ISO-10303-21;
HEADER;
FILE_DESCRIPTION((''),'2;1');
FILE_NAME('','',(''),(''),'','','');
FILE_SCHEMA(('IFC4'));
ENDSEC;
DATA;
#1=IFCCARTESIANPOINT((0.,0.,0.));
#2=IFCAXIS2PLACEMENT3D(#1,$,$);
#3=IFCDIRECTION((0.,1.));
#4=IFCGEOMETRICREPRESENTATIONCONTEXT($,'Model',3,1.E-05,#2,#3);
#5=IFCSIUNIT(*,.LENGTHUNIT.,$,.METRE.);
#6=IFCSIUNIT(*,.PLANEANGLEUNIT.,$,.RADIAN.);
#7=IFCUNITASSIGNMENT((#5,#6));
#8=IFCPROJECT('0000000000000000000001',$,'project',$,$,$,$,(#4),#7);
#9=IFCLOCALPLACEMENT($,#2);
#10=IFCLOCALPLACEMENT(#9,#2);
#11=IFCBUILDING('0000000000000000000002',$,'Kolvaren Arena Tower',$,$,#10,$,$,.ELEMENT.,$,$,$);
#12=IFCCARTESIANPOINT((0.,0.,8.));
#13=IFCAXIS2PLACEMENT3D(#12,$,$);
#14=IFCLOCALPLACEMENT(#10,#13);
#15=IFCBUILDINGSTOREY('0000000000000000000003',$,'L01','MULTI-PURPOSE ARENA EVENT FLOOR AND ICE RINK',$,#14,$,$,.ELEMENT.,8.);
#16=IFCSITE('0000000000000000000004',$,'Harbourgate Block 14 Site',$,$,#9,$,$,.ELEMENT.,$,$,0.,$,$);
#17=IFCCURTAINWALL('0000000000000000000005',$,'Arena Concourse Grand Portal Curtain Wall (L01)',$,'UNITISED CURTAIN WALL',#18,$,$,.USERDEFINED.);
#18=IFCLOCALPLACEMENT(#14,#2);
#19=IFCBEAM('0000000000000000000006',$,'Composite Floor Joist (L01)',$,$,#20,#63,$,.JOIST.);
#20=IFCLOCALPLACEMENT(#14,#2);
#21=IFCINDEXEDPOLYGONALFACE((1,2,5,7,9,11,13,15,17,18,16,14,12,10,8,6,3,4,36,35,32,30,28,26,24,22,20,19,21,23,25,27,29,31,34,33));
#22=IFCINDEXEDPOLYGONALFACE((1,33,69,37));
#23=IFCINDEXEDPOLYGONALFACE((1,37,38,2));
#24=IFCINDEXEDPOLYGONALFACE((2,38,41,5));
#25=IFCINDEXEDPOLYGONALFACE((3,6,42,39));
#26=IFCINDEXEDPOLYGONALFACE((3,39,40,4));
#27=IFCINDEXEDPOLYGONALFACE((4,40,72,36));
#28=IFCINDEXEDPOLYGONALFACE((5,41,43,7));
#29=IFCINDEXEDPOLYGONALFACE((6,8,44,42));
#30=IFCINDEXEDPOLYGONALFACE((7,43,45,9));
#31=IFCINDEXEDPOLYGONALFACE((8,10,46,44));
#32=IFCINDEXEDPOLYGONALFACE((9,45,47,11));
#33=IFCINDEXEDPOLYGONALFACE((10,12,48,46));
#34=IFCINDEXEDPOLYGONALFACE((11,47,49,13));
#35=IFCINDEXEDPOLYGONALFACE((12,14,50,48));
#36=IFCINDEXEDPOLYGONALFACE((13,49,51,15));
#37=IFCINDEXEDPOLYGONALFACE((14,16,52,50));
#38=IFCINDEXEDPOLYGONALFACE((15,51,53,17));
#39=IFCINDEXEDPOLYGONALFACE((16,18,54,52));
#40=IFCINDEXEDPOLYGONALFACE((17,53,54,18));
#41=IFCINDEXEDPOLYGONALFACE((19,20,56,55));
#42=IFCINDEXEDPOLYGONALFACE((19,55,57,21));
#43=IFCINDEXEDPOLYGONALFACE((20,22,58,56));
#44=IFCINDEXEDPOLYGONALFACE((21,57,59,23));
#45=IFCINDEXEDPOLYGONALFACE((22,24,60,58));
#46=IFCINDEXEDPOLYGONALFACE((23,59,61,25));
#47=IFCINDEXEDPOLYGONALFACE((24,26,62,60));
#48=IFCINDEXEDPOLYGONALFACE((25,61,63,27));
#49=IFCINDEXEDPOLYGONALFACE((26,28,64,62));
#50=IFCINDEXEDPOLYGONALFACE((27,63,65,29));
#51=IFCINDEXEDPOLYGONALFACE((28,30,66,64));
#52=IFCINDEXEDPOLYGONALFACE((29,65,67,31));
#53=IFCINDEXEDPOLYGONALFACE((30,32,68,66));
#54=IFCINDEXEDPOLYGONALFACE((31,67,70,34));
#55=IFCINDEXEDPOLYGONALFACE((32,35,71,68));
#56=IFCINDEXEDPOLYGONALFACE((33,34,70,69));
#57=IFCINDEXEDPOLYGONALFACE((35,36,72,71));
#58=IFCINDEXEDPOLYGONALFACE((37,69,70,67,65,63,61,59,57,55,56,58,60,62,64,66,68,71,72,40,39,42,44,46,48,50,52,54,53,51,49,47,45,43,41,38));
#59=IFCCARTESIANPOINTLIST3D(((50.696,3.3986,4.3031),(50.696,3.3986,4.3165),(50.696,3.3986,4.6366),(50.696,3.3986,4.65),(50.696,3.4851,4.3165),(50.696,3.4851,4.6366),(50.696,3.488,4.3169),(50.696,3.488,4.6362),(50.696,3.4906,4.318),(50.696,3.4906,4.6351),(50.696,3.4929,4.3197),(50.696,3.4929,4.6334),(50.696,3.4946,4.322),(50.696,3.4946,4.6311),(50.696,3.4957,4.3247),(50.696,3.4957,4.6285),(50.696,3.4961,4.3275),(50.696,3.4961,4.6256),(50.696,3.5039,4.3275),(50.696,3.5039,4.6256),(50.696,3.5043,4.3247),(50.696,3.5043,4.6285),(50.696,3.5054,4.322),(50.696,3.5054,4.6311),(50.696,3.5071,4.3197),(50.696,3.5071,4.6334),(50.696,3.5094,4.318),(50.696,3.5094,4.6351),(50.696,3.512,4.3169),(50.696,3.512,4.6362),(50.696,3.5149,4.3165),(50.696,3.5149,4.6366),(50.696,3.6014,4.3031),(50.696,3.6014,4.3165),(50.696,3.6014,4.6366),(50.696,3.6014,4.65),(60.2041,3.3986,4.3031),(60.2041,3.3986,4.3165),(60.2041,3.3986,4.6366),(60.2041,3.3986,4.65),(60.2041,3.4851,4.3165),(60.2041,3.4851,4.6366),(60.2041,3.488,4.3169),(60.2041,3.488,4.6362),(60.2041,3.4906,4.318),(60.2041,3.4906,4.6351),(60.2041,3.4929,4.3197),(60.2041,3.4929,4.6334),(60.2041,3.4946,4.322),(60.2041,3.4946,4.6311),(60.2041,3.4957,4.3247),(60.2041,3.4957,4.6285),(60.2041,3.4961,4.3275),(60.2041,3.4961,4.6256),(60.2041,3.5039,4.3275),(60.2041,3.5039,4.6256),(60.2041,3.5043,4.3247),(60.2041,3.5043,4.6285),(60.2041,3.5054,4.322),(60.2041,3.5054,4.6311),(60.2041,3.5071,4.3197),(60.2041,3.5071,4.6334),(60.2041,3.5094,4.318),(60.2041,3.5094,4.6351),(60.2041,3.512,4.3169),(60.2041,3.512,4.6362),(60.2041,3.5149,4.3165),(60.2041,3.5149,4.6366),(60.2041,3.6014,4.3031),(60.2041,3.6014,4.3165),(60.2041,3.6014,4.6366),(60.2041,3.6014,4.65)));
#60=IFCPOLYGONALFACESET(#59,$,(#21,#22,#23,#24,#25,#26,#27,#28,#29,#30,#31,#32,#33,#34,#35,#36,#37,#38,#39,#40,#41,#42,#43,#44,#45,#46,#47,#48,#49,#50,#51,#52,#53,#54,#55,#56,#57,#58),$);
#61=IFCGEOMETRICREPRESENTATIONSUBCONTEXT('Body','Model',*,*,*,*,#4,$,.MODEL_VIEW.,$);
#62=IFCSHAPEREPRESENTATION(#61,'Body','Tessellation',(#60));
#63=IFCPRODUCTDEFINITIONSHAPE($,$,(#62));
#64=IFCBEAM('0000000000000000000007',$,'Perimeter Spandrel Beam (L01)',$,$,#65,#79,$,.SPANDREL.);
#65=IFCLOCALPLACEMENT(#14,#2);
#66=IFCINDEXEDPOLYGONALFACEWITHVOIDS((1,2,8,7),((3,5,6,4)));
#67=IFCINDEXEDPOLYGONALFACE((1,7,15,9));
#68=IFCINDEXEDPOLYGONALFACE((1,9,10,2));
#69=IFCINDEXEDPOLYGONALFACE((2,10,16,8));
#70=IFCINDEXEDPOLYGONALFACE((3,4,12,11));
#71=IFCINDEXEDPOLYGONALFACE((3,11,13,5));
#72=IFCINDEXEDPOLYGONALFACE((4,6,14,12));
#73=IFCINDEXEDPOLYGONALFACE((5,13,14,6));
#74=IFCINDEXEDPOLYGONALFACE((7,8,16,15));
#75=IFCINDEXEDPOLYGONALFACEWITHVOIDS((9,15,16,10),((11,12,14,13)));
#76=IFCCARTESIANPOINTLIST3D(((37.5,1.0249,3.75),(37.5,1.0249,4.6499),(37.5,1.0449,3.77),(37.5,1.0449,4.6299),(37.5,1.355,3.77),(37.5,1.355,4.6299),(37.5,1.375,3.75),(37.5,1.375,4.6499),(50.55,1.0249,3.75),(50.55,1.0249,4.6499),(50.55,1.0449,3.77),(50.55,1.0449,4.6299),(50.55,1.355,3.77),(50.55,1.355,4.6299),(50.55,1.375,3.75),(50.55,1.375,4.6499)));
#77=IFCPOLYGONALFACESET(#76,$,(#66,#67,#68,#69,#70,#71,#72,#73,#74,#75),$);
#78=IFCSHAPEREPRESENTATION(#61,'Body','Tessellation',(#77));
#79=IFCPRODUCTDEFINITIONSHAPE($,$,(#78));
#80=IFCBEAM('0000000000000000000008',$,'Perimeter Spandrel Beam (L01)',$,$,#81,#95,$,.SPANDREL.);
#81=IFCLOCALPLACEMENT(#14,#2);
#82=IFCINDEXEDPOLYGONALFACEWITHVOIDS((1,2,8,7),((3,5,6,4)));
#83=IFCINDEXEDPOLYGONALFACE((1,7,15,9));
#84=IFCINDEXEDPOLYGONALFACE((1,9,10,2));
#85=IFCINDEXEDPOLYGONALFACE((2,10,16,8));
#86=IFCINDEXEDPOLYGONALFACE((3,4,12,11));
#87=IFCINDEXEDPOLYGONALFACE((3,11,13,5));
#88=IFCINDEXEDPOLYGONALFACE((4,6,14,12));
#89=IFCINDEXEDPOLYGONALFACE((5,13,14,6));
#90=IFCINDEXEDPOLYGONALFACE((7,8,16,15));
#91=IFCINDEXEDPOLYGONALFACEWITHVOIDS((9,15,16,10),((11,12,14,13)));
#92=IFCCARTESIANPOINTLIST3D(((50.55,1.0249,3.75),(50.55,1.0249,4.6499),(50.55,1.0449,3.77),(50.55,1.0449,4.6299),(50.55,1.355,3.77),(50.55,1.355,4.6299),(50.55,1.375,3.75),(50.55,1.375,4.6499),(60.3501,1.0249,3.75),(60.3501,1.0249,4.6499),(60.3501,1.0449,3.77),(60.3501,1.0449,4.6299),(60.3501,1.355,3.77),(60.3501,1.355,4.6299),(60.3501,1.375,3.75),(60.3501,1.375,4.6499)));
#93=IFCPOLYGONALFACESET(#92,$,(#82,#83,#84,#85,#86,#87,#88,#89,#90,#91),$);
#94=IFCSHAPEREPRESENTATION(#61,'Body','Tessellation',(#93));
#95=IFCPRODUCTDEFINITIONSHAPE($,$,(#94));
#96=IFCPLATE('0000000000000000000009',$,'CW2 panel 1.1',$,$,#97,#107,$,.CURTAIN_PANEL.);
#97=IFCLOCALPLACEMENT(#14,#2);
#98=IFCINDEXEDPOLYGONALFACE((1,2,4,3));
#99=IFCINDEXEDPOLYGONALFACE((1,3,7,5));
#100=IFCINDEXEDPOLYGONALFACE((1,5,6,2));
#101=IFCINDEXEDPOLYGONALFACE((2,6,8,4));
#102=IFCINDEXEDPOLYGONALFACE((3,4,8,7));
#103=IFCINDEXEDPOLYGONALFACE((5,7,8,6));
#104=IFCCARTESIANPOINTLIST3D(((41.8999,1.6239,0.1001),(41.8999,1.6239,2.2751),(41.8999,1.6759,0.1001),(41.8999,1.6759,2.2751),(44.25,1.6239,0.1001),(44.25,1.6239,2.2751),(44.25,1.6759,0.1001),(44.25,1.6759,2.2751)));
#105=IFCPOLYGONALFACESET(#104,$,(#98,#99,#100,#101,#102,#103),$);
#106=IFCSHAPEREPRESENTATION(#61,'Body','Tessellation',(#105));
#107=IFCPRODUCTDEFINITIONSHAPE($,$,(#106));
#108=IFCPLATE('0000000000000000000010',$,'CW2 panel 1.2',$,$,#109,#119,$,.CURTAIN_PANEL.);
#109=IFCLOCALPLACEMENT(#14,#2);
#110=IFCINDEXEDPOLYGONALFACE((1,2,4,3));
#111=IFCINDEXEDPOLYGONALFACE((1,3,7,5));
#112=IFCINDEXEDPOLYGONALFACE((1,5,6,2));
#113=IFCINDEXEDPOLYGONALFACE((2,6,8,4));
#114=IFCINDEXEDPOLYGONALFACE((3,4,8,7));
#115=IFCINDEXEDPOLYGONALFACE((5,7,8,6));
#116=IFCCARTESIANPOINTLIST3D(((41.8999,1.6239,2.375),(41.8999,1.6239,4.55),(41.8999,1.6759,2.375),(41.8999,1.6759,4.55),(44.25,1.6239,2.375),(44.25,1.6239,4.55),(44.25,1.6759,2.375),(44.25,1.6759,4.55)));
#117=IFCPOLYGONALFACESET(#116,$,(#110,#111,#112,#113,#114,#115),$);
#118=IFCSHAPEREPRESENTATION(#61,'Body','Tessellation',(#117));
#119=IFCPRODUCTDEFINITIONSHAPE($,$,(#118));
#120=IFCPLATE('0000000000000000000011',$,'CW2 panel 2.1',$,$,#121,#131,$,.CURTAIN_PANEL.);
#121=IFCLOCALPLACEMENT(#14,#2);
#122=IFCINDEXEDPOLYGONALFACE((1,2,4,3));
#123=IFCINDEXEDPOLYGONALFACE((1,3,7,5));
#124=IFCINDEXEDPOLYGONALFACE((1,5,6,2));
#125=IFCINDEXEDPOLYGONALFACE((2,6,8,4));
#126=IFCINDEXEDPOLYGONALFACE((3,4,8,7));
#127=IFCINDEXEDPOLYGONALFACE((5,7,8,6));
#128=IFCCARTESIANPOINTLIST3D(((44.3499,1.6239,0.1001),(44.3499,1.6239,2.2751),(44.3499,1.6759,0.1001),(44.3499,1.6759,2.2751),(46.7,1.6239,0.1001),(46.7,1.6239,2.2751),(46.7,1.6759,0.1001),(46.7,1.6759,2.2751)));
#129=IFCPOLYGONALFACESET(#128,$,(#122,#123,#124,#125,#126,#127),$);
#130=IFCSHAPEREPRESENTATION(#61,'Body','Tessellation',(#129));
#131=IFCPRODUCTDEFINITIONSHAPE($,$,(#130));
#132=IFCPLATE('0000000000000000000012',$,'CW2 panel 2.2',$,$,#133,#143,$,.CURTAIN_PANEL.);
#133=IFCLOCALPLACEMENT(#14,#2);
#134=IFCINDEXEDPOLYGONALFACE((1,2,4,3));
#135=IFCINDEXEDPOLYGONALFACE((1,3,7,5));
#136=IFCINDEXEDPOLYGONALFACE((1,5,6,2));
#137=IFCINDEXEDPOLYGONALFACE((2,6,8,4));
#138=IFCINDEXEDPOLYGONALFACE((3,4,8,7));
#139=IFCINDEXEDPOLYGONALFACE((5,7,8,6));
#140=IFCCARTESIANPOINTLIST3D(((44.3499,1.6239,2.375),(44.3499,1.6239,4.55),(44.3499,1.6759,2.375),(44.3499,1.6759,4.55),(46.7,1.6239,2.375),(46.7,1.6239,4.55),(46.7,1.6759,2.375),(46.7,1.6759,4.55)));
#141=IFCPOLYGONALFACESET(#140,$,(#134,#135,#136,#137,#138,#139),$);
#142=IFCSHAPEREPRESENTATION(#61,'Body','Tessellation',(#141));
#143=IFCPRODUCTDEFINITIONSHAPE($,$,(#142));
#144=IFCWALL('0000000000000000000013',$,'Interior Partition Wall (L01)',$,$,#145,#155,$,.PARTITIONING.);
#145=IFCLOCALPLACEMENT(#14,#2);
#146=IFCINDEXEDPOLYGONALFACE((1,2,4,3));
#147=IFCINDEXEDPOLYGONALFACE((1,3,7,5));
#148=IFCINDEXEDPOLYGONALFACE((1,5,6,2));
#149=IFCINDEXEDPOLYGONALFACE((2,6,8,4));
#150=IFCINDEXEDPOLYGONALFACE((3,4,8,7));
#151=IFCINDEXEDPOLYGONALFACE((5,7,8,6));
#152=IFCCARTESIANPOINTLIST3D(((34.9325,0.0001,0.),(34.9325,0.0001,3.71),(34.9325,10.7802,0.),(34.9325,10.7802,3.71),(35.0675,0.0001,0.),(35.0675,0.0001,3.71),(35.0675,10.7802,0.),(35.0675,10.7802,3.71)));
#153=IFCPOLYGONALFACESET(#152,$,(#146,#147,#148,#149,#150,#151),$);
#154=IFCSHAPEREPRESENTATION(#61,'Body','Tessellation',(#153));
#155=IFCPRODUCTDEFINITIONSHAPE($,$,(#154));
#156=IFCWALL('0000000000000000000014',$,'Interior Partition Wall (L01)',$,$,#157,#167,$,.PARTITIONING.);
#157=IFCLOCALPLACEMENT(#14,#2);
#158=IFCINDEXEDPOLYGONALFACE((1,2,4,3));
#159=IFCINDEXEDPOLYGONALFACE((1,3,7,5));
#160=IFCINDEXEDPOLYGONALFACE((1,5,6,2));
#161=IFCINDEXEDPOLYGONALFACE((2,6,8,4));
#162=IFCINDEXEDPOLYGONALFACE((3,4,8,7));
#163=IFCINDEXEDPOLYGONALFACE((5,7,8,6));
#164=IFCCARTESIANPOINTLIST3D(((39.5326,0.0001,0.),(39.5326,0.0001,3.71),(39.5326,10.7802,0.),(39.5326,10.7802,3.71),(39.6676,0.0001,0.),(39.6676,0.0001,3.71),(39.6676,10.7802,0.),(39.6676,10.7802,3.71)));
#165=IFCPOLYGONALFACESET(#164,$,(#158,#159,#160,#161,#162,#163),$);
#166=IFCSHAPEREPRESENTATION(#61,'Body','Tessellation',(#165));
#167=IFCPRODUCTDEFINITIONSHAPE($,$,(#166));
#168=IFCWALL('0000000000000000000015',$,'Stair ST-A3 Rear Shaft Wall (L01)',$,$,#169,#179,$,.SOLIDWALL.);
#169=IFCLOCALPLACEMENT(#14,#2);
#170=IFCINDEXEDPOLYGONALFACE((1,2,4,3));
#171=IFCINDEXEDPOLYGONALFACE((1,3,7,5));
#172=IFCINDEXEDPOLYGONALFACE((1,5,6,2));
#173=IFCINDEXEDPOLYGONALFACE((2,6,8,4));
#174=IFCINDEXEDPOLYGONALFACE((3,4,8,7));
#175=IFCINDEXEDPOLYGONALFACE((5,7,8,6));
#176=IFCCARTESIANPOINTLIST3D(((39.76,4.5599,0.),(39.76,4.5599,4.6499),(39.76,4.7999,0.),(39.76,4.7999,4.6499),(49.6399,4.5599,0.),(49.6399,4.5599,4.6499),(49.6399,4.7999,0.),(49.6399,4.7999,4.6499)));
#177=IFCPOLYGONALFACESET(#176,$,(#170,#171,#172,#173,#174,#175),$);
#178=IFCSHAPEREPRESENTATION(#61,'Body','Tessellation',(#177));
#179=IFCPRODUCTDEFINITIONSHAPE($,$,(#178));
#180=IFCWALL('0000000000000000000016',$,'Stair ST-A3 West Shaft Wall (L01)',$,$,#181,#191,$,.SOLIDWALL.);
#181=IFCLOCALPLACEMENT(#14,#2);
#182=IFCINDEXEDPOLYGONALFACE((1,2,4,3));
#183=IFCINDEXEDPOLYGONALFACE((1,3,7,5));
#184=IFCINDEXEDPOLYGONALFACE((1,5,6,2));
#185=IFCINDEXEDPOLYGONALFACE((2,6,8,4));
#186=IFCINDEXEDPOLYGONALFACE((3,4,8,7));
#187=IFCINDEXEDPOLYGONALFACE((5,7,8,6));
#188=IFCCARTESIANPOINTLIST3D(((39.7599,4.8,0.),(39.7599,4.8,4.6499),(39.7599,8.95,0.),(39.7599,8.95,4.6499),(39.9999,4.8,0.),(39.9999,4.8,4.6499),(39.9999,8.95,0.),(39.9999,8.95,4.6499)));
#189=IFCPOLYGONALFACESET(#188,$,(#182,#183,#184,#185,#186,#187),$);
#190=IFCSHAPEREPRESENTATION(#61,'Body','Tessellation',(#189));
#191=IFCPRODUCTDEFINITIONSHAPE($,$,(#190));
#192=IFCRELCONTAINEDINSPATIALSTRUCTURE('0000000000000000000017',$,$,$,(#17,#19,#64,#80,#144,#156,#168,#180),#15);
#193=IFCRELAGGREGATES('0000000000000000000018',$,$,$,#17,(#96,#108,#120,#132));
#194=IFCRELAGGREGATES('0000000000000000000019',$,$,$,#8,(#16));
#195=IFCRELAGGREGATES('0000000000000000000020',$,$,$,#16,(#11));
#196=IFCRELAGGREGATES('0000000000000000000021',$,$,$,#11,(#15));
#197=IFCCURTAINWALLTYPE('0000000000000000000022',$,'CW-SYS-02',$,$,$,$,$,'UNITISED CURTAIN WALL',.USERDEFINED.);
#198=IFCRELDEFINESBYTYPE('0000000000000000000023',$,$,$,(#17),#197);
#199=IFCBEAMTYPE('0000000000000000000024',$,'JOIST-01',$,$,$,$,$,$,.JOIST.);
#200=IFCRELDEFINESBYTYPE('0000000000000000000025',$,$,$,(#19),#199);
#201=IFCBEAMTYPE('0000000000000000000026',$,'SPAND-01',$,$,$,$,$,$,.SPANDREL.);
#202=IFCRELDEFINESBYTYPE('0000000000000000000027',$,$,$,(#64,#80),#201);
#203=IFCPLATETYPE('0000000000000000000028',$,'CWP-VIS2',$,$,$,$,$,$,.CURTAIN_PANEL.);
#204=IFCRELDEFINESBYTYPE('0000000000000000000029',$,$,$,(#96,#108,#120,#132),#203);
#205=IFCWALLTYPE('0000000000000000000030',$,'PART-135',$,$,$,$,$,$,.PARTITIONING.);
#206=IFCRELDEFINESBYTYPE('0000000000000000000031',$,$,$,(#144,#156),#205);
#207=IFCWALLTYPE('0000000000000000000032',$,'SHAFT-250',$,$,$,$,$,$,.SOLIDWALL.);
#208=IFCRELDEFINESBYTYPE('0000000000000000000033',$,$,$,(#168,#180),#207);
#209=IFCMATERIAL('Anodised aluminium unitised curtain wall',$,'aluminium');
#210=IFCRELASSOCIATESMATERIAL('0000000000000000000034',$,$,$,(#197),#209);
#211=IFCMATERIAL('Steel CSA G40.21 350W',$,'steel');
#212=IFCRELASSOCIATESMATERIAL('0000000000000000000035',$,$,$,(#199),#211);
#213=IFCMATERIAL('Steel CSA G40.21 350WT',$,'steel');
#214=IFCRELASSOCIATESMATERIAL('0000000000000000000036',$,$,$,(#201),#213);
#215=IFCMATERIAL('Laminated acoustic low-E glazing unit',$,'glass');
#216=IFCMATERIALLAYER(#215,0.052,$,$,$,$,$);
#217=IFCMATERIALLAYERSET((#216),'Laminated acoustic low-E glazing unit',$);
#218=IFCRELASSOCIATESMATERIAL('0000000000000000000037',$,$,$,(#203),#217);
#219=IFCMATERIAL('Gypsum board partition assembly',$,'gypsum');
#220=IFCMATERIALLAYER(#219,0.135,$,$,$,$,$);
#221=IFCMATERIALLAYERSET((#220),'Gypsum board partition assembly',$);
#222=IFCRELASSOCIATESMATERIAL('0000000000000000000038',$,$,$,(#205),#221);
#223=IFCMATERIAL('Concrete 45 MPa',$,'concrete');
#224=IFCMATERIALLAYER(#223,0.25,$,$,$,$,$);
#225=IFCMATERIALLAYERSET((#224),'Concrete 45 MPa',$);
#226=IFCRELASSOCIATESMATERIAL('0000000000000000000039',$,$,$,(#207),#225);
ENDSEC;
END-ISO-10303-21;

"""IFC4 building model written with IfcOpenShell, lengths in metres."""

from ifc_helpers import new_model, si_unit, direction, frame, frame_2d, origin, origin_2d, place, context, subcontext, project, spatial, rectangle, hollow_rectangle, i_section, extrude, material, layer, layer_set, material_profile, profile_set, type_object, element, aggregate, save


model = new_model("IFC4")

# Units and contexts
model_context = context("Model", 3, precision=1e-05, world=origin(), true_north=direction((0.0, 1.0)))
body_context = subcontext(model_context, "Body", "Model", "MODEL_VIEW")
ifc_project = project(units=[si_unit("LENGTHUNIT", "METRE"), si_unit("PLANEANGLEUNIT", "RADIAN")], contexts=[model_context])

# Site, building, storey
site_placement = place(None, origin())
site = spatial("IfcSite", under=ifc_project, at=site_placement, Name="Harbourgate Block 14 Site", CompositionType="ELEMENT", RefElevation=0.0)
building_placement = place(site_placement, origin())
building = spatial("IfcBuilding", under=site, at=building_placement, Name="Kolvaren Arena Tower", CompositionType="ELEMENT")
storey_placement = place(building_placement, frame((0.0, 0.0, 8.0)))
storey = spatial("IfcBuildingStorey", under=building, at=storey_placement, Name="L01", Description="MULTI-PURPOSE ARENA EVENT FLOOR AND ICE RINK", CompositionType="ELEMENT", Elevation=8.0)

# Curtain wall
ifc_material_1 = material(Name="Anodised aluminium unitised curtain wall", Category="aluminium")
curtain_wall_type = type_object("IfcCurtainWallType", Name="CW-SYS-02", ElementType="UNITISED CURTAIN WALL", PredefinedType="USERDEFINED", material=ifc_material_1)
curtain_wall_placement = place(storey_placement, origin())
curtain_wall = element("IfcCurtainWall", 1, at=curtain_wall_placement, inside=storey, type_object=curtain_wall_type, Name="Arena Concourse Grand Portal Curtain Wall (L01)", ObjectType="UNITISED CURTAIN WALL", PredefinedType="USERDEFINED")

# Beams
ifc_material_2 = material(Name="Steel CSA G40.21 350W", Category="steel")
ifc_material_profile_1 = material_profile(ifc_material_2, i_section(OverallWidth=0.2029, OverallDepth=0.3469, WebThickness=0.0078, FlangeThickness=0.0134, FilletRadius=0.011, at=origin_2d()), Name="W360x64")
ifc_profile_set_1 = profile_set([ifc_material_profile_1], Name="Steel CSA G40.21 350W")
beam_type_1 = type_object("IfcBeamType", Name="JOIST-01", PredefinedType="JOIST", material=ifc_profile_set_1)
beam_1_placement = place(storey_placement, frame((50.696, 3.5, 4.4766), z_axis=(1.0, 0.0, 0.0), x_axis=(0.0, 1.0, 0.0)))
element("IfcBeam", 2, at=beam_1_placement, inside=storey, type_object=beam_type_1, Name="Composite Floor Joist (L01)", PredefinedType="JOIST", context=body_context, shape_type="SweptSolid", body=[
    extrude(i_section(OverallWidth=0.2029, OverallDepth=0.3469, WebThickness=0.0078, FlangeThickness=0.0134, FilletRadius=0.011, at=origin_2d()), origin(), (0.0, 0.0, 1.0), 9.5081),
])
ifc_material_3 = material(Name="Steel CSA G40.21 350WT", Category="steel")
ifc_material_profile_2 = material_profile(ifc_material_3, hollow_rectangle(XDim=0.3501, YDim=0.8999, WallThickness=0.02, at=origin_2d()), Name="HSS 900x350x20")
ifc_profile_set_2 = profile_set([ifc_material_profile_2], Name="Steel CSA G40.21 350WT")
beam_type_2 = type_object("IfcBeamType", Name="SPAND-01", PredefinedType="SPANDREL", material=ifc_profile_set_2)
beam_2_placement = place(storey_placement, frame((37.5, 1.2, 4.2), z_axis=(1.0, 0.0, 0.0), x_axis=(0.0, 1.0, 0.0)))
element("IfcBeam", 3, at=beam_2_placement, inside=storey, type_object=beam_type_2, Name="Perimeter Spandrel Beam (L01)", PredefinedType="SPANDREL", context=body_context, shape_type="SweptSolid", body=[
    extrude(hollow_rectangle(XDim=0.3501, YDim=0.8999, WallThickness=0.02, at=origin_2d()), origin(), (0.0, 0.0, 1.0), 13.05),
])
beam_3_placement = place(storey_placement, frame((50.55, 1.2, 4.2), z_axis=(1.0, 0.0, 0.0), x_axis=(0.0, 1.0, 0.0)))
element("IfcBeam", 4, at=beam_3_placement, inside=storey, type_object=beam_type_2, Name="Perimeter Spandrel Beam (L01)", PredefinedType="SPANDREL", context=body_context, shape_type="SweptSolid", body=[
    extrude(hollow_rectangle(XDim=0.3501, YDim=0.8999, WallThickness=0.02, at=origin_2d()), origin(), (0.0, 0.0, 1.0), 9.8),
])

# Plates
ifc_material_4 = material(Name="Laminated acoustic low-E glazing unit", Category="glass")
ifc_layer_1 = layer(ifc_material_4, 0.052)
ifc_layer_set_1 = layer_set([ifc_layer_1], Name="Laminated acoustic low-E glazing unit")
plate_type = type_object("IfcPlateType", Name="CWP-VIS2", PredefinedType="CURTAIN_PANEL", material=ifc_layer_set_1)
plate_1_placement = place(storey_placement, frame((43.075, 1.6499, 0.1001), z_axis=(0.0, 0.0, 1.0), x_axis=(1.0, 0.0, 0.0)))
plate_1 = element("IfcPlate", 5, at=plate_1_placement, type_object=plate_type, Name="CW2 panel 1.1", PredefinedType="CURTAIN_PANEL", context=body_context, shape_type="SweptSolid", body=[
    extrude(rectangle(XDim=2.3501, YDim=0.052, at=origin_2d()), origin(), (0.0, 0.0, 1.0), 2.175),
])
plate_2_placement = place(storey_placement, frame((43.075, 1.6499, 2.375), z_axis=(0.0, 0.0, 1.0), x_axis=(1.0, 0.0, 0.0)))
plate_2 = element("IfcPlate", 6, at=plate_2_placement, type_object=plate_type, Name="CW2 panel 1.2", PredefinedType="CURTAIN_PANEL", context=body_context, shape_type="SweptSolid", body=[
    extrude(rectangle(XDim=2.3501, YDim=0.052, at=origin_2d()), origin(), (0.0, 0.0, 1.0), 2.175),
])
plate_3_placement = place(storey_placement, frame((45.5249, 1.6499, 0.1001), z_axis=(0.0, 0.0, 1.0), x_axis=(1.0, 0.0, 0.0)))
plate_3 = element("IfcPlate", 7, at=plate_3_placement, type_object=plate_type, Name="CW2 panel 2.1", PredefinedType="CURTAIN_PANEL", context=body_context, shape_type="SweptSolid", body=[
    extrude(rectangle(XDim=2.3501, YDim=0.052, at=origin_2d()), origin(), (0.0, 0.0, 1.0), 2.175),
])
plate_4_placement = place(storey_placement, frame((45.5249, 1.6499, 2.375), z_axis=(0.0, 0.0, 1.0), x_axis=(1.0, 0.0, 0.0)))
plate_4 = element("IfcPlate", 8, at=plate_4_placement, type_object=plate_type, Name="CW2 panel 2.2", PredefinedType="CURTAIN_PANEL", context=body_context, shape_type="SweptSolid", body=[
    extrude(rectangle(XDim=2.3501, YDim=0.052, at=origin_2d()), origin(), (0.0, 0.0, 1.0), 2.175),
])
aggregate(curtain_wall, [plate_1, plate_2, plate_3, plate_4])

# Walls
ifc_material_5 = material(Name="Gypsum board partition assembly", Category="gypsum")
ifc_layer_2 = layer(ifc_material_5, 0.135)
ifc_layer_set_2 = layer_set([ifc_layer_2], Name="Gypsum board partition assembly")
wall_type_1 = type_object("IfcWallType", Name="PART-135", PredefinedType="PARTITIONING", material=ifc_layer_set_2)
for number, where, z_axis, x_axis, name in (
    (9, (35.0, 0.0, 0.0), (0.0, 0.0, 1.0), (0.0, 1.0, 0.0), "Interior Partition Wall (L01)"),
    (10, (39.6001, 0.0, 0.0), (0.0, 0.0, 1.0), (0.0, 1.0, 0.0), "Interior Partition Wall (L01)"),
):
    element("IfcWall", number, at=place(storey_placement, frame(where, z_axis=z_axis, x_axis=x_axis)), inside=storey, type_object=wall_type_1, Name=name, PredefinedType="PARTITIONING", context=body_context, shape_type="SweptSolid", body=[
        extrude(rectangle(XDim=10.78, YDim=0.135, at=frame_2d((5.3901, 0.0))), origin(), (0.0, 0.0, 1.0), 3.71),
    ])
ifc_material_6 = material(Name="Concrete 45 MPa", Category="concrete")
ifc_layer_3 = layer(ifc_material_6, 0.25)
ifc_layer_set_3 = layer_set([ifc_layer_3], Name="Concrete 45 MPa")
wall_type_2 = type_object("IfcWallType", Name="SHAFT-250", PredefinedType="SOLIDWALL", material=ifc_layer_set_3)
wall_placement = place(storey_placement, frame((39.76, 4.6799, 0.0), z_axis=(0.0, 0.0, 1.0), x_axis=(1.0, 0.0, 0.0)))
element("IfcWall", 11, at=wall_placement, inside=storey, type_object=wall_type_2, Name="Stair ST-A3 Rear Shaft Wall (L01)", PredefinedType="SOLIDWALL", context=body_context, shape_type="SweptSolid", body=[
    extrude(rectangle(XDim=9.8799, YDim=0.24, at=frame_2d((4.9399, 0.0))), origin(), (0.0, 0.0, 1.0), 4.6499),
])
for number, where, z_axis, x_axis, name in (
    (12, (39.8799, 4.8, 0.0), (0.0, 0.0, 1.0), (0.0, 1.0, 0.0), "Stair ST-A3 West Shaft Wall (L01)"),
):
    element("IfcWall", number, at=place(storey_placement, frame(where, z_axis=z_axis, x_axis=x_axis)), inside=storey, type_object=wall_type_2, Name=name, PredefinedType="SOLIDWALL", context=body_context, shape_type="SweptSolid", body=[
        extrude(rectangle(XDim=4.1499, YDim=0.24, at=frame_2d((2.075, 0.0))), origin(), (0.0, 0.0, 1.0), 4.6499),
    ])

save(model, "model.ifc")
